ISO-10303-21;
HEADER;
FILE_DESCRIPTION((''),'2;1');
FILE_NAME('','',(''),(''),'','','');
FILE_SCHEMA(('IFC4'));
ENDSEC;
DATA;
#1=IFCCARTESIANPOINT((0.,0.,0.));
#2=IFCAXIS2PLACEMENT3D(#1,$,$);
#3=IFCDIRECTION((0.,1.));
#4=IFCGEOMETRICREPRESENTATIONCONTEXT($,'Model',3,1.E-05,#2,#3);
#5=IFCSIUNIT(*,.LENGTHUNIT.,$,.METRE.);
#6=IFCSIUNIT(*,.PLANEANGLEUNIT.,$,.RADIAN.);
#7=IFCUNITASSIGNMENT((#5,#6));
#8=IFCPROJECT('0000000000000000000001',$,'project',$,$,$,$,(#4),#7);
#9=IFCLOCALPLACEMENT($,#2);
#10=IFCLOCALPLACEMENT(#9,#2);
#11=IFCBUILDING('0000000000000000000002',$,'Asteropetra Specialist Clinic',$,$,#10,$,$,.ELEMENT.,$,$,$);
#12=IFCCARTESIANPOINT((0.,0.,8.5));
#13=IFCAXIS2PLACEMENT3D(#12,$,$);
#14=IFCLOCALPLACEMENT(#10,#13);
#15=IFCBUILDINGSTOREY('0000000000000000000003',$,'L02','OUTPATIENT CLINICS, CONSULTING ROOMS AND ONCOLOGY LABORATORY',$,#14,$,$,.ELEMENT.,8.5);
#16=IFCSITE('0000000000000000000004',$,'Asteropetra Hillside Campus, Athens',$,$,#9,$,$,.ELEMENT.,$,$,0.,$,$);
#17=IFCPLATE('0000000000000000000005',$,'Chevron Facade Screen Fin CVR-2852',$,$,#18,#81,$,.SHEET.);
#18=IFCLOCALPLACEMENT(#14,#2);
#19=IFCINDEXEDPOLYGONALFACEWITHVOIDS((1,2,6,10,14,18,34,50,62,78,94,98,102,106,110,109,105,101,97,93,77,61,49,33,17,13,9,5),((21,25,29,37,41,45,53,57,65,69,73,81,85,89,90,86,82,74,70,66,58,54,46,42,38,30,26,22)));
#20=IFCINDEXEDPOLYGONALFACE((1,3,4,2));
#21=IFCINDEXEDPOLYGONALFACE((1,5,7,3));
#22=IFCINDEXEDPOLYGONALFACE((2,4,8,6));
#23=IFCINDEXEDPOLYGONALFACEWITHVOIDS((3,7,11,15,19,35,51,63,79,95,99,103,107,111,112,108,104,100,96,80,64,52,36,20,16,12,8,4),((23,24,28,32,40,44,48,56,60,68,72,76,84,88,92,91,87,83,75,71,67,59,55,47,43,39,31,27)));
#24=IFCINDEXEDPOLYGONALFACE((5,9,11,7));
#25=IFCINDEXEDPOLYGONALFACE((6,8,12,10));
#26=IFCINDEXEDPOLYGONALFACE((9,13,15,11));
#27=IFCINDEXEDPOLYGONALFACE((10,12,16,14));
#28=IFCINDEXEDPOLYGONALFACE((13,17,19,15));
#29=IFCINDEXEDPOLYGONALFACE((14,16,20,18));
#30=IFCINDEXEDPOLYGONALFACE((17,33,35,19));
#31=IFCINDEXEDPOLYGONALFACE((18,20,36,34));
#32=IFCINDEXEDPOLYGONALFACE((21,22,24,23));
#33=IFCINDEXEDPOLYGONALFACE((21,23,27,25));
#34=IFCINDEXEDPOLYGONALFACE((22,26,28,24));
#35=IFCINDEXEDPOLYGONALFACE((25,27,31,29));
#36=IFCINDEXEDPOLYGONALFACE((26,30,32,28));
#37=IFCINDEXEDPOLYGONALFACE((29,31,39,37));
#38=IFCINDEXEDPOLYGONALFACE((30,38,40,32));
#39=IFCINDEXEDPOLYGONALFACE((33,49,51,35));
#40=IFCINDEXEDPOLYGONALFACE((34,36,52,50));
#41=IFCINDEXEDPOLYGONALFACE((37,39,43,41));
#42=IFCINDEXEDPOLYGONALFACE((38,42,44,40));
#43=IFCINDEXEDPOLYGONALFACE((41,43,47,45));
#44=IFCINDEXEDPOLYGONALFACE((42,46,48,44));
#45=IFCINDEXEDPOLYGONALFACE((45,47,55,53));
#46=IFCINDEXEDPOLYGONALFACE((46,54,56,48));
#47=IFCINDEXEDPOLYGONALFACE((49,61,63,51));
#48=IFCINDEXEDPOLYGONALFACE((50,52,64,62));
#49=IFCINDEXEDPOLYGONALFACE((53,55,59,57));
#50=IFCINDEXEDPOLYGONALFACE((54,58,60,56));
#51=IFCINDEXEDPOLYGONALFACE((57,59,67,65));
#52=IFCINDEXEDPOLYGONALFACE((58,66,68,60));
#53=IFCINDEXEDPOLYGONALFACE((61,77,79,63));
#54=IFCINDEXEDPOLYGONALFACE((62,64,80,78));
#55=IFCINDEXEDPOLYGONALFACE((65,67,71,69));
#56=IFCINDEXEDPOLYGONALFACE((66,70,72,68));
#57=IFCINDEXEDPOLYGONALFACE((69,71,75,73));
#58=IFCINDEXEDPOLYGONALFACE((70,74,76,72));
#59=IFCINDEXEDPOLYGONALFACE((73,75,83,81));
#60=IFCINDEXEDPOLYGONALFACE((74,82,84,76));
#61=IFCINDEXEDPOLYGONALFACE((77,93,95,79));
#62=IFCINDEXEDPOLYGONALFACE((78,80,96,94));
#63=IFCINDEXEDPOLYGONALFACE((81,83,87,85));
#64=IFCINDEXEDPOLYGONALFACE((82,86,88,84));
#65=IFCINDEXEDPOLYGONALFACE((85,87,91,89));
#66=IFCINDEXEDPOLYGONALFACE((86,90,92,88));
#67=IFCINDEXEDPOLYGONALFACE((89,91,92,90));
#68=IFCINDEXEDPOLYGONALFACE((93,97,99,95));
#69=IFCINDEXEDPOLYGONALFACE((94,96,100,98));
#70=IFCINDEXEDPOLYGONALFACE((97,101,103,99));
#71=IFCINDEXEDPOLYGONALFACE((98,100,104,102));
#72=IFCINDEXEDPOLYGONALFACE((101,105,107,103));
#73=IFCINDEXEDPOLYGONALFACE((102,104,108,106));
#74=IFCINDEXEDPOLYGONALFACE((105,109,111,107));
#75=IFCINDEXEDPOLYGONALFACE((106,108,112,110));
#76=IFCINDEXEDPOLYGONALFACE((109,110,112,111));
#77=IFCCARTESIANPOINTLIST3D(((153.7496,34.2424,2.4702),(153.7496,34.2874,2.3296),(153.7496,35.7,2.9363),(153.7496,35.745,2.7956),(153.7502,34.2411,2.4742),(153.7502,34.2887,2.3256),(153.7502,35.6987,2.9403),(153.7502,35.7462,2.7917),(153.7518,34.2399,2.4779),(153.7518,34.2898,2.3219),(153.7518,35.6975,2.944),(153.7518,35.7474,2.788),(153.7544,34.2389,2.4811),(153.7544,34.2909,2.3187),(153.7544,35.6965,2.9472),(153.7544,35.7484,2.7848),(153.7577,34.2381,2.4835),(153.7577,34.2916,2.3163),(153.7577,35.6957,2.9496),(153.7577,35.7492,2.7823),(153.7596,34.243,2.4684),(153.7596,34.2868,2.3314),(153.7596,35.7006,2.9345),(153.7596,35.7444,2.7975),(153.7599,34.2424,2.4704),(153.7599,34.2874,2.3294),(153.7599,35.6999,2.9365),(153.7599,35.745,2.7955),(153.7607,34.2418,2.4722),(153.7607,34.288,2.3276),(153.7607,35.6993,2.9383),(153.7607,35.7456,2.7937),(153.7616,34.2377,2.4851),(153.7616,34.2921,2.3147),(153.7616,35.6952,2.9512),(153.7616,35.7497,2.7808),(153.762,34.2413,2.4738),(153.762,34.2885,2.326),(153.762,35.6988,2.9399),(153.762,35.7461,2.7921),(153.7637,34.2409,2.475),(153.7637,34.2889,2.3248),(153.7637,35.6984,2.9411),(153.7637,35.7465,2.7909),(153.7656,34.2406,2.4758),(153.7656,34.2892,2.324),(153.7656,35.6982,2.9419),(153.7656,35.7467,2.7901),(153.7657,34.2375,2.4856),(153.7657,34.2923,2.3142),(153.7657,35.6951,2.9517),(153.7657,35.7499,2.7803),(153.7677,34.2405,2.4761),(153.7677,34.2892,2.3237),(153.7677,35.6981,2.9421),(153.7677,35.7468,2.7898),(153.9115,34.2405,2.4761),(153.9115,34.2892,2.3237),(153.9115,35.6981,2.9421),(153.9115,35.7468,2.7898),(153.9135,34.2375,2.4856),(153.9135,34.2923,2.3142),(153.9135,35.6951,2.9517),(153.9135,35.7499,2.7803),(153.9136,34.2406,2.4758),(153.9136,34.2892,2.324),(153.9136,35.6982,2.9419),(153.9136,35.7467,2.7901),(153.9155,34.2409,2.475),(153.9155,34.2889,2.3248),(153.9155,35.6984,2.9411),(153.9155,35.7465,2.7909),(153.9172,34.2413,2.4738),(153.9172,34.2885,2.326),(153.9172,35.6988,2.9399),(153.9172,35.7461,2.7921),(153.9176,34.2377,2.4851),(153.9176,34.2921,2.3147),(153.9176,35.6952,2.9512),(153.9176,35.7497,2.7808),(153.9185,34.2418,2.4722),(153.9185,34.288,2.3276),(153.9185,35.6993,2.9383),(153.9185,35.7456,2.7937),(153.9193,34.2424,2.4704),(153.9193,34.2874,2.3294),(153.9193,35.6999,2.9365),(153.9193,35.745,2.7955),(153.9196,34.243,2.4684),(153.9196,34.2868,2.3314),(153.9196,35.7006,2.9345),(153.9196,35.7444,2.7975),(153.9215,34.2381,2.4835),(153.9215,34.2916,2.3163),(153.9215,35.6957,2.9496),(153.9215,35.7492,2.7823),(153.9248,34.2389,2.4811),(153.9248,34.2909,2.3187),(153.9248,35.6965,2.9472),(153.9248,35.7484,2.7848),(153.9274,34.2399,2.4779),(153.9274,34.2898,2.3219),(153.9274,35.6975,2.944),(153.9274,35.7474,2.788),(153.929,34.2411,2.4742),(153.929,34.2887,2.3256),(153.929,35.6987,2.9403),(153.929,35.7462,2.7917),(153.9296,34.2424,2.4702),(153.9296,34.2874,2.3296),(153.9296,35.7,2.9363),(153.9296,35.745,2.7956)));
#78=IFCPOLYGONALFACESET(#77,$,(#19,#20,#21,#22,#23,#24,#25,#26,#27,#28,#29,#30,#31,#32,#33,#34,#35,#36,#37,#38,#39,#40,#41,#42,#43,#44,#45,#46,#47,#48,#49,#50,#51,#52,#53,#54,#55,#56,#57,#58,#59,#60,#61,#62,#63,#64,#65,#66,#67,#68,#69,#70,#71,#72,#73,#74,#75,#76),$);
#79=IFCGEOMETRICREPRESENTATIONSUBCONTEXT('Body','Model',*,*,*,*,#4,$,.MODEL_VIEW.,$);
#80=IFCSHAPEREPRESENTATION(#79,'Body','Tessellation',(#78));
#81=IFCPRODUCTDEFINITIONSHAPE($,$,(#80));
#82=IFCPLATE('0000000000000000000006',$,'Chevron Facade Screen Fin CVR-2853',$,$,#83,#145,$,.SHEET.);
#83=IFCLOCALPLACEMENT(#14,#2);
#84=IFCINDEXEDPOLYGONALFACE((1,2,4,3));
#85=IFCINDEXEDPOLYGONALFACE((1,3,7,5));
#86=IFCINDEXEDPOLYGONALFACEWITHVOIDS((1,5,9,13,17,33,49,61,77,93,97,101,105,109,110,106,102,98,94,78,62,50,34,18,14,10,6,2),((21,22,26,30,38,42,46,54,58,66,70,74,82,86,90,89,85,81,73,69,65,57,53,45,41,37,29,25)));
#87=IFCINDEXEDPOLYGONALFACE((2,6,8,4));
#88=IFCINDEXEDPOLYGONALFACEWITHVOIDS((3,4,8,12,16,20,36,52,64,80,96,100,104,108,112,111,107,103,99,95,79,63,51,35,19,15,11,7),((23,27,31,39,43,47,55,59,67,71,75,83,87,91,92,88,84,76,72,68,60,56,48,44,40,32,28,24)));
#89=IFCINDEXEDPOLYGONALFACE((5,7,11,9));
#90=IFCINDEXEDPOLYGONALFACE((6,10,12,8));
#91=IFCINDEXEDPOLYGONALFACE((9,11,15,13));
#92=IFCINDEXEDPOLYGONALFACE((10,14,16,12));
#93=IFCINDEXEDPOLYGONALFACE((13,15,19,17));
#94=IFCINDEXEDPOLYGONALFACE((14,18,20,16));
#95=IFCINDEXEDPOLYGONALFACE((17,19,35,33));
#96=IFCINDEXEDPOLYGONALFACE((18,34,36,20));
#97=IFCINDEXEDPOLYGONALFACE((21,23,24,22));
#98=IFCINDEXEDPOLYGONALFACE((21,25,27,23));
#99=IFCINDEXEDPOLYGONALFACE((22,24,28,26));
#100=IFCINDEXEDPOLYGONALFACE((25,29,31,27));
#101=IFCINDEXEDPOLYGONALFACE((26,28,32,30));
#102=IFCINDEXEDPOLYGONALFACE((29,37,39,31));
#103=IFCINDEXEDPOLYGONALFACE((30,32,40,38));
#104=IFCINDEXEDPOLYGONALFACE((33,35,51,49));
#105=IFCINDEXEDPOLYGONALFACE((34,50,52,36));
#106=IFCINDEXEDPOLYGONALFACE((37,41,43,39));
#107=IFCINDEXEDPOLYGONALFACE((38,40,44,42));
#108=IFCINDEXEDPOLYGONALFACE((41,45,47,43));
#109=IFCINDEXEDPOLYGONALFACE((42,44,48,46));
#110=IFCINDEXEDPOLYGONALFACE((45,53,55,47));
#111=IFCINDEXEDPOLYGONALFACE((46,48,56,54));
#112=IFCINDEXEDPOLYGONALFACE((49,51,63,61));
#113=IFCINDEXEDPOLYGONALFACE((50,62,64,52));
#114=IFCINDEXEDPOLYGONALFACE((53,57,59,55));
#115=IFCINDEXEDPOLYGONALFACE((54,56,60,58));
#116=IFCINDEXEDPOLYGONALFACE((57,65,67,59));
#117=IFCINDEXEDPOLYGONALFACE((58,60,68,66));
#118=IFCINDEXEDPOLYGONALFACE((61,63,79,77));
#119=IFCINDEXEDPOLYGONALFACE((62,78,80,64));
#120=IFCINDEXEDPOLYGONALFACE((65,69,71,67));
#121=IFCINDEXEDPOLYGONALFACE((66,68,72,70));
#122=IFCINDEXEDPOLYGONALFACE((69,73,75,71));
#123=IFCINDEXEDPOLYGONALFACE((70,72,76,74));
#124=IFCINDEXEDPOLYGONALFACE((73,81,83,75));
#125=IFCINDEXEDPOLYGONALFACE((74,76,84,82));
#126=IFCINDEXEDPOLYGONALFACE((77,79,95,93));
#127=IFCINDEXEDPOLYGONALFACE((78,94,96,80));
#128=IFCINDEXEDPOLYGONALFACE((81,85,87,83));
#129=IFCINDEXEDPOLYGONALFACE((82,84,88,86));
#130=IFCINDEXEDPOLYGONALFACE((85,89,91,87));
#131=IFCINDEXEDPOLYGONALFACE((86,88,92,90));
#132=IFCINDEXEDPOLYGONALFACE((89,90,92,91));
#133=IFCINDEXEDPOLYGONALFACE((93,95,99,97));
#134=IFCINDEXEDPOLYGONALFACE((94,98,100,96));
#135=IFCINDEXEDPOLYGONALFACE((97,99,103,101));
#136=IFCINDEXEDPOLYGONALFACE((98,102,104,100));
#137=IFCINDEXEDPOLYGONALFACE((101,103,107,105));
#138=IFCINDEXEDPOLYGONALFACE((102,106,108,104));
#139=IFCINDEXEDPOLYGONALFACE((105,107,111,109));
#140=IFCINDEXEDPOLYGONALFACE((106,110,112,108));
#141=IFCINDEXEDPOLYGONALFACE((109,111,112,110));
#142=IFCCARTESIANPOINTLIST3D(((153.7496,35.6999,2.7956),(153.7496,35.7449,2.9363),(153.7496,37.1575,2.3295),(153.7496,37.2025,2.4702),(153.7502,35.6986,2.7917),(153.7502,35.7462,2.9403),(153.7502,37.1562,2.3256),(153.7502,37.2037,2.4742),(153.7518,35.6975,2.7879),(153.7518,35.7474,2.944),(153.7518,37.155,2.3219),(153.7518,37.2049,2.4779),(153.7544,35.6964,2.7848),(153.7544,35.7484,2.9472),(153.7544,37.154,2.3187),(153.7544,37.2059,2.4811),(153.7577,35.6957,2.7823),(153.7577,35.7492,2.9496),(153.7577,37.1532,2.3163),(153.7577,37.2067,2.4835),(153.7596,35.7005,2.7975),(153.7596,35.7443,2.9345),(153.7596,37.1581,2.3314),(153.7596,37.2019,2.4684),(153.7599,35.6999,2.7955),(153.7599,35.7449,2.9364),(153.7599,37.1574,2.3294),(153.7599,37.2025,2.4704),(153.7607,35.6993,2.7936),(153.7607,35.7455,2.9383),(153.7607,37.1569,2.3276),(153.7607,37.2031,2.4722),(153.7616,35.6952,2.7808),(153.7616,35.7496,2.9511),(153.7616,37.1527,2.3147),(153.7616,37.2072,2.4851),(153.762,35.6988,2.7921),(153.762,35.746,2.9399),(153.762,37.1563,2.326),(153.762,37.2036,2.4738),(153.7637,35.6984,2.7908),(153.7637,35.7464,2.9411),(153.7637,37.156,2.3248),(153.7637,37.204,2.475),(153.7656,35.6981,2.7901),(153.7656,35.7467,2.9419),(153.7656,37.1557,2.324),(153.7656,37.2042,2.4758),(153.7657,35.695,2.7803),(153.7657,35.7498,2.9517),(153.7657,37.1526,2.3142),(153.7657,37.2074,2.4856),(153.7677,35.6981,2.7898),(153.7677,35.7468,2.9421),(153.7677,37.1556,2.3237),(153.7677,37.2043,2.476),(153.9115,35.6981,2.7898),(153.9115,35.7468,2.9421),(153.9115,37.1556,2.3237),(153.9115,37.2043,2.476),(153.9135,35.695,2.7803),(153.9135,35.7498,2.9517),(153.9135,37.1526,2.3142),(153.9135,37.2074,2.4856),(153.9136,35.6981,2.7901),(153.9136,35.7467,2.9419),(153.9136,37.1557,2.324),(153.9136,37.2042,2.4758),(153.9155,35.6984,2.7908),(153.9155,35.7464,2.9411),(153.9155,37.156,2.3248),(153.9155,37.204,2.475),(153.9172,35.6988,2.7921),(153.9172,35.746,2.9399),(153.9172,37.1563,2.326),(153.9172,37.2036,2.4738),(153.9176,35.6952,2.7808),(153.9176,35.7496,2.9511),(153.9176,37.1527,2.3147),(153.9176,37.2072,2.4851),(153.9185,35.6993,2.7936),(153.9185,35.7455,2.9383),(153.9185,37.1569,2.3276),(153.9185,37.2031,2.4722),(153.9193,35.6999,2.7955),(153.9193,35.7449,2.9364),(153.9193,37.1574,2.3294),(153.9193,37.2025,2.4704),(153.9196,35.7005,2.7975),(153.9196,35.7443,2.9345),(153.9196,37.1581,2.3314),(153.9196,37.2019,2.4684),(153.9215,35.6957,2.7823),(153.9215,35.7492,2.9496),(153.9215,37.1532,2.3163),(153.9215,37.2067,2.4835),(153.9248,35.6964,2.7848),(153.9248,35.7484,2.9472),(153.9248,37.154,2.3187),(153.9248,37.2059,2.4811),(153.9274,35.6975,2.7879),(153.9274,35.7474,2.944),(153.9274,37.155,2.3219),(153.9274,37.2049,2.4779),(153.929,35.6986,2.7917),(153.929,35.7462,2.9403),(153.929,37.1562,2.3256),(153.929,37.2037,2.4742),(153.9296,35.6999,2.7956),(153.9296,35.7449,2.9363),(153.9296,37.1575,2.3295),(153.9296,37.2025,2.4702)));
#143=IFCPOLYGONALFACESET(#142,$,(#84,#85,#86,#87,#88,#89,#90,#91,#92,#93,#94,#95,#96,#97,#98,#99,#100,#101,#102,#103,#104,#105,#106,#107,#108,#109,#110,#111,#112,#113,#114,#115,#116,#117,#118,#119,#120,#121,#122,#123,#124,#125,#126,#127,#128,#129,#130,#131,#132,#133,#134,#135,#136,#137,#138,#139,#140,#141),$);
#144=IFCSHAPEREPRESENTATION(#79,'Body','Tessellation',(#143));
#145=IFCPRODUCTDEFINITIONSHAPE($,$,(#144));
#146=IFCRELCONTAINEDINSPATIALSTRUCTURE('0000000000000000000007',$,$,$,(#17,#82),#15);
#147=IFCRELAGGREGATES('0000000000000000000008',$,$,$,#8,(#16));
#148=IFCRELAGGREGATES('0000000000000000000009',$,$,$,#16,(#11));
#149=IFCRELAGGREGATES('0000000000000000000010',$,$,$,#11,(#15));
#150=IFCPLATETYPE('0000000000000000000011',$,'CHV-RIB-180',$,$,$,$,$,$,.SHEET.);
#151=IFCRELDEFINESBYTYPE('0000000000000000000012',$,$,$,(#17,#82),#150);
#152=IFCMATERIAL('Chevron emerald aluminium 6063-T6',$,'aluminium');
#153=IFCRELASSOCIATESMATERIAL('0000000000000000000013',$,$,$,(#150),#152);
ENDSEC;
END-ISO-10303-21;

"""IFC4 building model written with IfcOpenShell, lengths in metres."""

from ifc_helpers import new_model, si_unit, direction, frame, origin, origin_2d, place, context, subcontext, project, spatial, hollow_rectangle, extrude, material, material_profile, profile_set, type_object, element, save


model = new_model("IFC4")

# Units and contexts
model_context = context("Model", 3, precision=1e-05, world=origin(), true_north=direction((0.0, 1.0)))
body_context = subcontext(model_context, "Body", "Model", "MODEL_VIEW")
ifc_project = project(units=[si_unit("LENGTHUNIT", "METRE"), si_unit("PLANEANGLEUNIT", "RADIAN")], contexts=[model_context])

# Site, building, storey
site_placement = place(None, origin())
site = spatial("IfcSite", under=ifc_project, at=site_placement, Name="Asteropetra Hillside Campus, Athens", CompositionType="ELEMENT", RefElevation=0.0)
building_placement = place(site_placement, origin())
building = spatial("IfcBuilding", under=site, at=building_placement, Name="Asteropetra Specialist Clinic", CompositionType="ELEMENT")
storey_placement = place(building_placement, frame((0.0, 0.0, 8.5)))
storey = spatial("IfcBuildingStorey", under=building, at=storey_placement, Name="L02", Description="OUTPATIENT CLINICS, CONSULTING ROOMS AND ONCOLOGY LABORATORY", CompositionType="ELEMENT", Elevation=8.5)

# Plates
ifc_material_1 = material(Name="Chevron emerald aluminium 6063-T6", Category="aluminium")
ifc_material_profile = material_profile(ifc_material_1, hollow_rectangle(XDim=0.1799, YDim=0.1799, WallThickness=0.01, InnerFilletRadius=0.0081, OuterFilletRadius=0.0161, at=origin_2d()), Name="SHS 180x180x10.0")
ifc_profile_set = profile_set([ifc_material_profile], Name="Chevron emerald aluminium 6063-T6")
plate_type = type_object("IfcPlateType", Name="CHV-RIB-180", PredefinedType="SHEET", material=ifc_profile_set)
for number, where, z_axis, x_axis, name in (
    (1, (153.8396, 34.2649, 2.3999), (0.0, 0.952489, 0.304573), (-1.0, 0.0, 0.0), "Chevron Facade Screen Fin CVR-2852"),
    (2, (153.8396, 35.7224, 2.866), (0.0, 0.952489, -0.304573), (-1.0, 0.0, 0.0), "Chevron Facade Screen Fin CVR-2853"),
):
    element("IfcPlate", number, at=place(storey_placement, frame(where, z_axis=z_axis, x_axis=x_axis)), inside=storey, type_object=plate_type, Name=name, PredefinedType="SHEET", context=body_context, shape_type="SweptSolid", body=[
        extrude(hollow_rectangle(XDim=0.1799, YDim=0.1799, WallThickness=0.01, InnerFilletRadius=0.0081, OuterFilletRadius=0.0161, at=origin_2d()), origin(), (0.0, 0.0, 1.0), 1.5303),
    ])

save(model, "model.ifc")
